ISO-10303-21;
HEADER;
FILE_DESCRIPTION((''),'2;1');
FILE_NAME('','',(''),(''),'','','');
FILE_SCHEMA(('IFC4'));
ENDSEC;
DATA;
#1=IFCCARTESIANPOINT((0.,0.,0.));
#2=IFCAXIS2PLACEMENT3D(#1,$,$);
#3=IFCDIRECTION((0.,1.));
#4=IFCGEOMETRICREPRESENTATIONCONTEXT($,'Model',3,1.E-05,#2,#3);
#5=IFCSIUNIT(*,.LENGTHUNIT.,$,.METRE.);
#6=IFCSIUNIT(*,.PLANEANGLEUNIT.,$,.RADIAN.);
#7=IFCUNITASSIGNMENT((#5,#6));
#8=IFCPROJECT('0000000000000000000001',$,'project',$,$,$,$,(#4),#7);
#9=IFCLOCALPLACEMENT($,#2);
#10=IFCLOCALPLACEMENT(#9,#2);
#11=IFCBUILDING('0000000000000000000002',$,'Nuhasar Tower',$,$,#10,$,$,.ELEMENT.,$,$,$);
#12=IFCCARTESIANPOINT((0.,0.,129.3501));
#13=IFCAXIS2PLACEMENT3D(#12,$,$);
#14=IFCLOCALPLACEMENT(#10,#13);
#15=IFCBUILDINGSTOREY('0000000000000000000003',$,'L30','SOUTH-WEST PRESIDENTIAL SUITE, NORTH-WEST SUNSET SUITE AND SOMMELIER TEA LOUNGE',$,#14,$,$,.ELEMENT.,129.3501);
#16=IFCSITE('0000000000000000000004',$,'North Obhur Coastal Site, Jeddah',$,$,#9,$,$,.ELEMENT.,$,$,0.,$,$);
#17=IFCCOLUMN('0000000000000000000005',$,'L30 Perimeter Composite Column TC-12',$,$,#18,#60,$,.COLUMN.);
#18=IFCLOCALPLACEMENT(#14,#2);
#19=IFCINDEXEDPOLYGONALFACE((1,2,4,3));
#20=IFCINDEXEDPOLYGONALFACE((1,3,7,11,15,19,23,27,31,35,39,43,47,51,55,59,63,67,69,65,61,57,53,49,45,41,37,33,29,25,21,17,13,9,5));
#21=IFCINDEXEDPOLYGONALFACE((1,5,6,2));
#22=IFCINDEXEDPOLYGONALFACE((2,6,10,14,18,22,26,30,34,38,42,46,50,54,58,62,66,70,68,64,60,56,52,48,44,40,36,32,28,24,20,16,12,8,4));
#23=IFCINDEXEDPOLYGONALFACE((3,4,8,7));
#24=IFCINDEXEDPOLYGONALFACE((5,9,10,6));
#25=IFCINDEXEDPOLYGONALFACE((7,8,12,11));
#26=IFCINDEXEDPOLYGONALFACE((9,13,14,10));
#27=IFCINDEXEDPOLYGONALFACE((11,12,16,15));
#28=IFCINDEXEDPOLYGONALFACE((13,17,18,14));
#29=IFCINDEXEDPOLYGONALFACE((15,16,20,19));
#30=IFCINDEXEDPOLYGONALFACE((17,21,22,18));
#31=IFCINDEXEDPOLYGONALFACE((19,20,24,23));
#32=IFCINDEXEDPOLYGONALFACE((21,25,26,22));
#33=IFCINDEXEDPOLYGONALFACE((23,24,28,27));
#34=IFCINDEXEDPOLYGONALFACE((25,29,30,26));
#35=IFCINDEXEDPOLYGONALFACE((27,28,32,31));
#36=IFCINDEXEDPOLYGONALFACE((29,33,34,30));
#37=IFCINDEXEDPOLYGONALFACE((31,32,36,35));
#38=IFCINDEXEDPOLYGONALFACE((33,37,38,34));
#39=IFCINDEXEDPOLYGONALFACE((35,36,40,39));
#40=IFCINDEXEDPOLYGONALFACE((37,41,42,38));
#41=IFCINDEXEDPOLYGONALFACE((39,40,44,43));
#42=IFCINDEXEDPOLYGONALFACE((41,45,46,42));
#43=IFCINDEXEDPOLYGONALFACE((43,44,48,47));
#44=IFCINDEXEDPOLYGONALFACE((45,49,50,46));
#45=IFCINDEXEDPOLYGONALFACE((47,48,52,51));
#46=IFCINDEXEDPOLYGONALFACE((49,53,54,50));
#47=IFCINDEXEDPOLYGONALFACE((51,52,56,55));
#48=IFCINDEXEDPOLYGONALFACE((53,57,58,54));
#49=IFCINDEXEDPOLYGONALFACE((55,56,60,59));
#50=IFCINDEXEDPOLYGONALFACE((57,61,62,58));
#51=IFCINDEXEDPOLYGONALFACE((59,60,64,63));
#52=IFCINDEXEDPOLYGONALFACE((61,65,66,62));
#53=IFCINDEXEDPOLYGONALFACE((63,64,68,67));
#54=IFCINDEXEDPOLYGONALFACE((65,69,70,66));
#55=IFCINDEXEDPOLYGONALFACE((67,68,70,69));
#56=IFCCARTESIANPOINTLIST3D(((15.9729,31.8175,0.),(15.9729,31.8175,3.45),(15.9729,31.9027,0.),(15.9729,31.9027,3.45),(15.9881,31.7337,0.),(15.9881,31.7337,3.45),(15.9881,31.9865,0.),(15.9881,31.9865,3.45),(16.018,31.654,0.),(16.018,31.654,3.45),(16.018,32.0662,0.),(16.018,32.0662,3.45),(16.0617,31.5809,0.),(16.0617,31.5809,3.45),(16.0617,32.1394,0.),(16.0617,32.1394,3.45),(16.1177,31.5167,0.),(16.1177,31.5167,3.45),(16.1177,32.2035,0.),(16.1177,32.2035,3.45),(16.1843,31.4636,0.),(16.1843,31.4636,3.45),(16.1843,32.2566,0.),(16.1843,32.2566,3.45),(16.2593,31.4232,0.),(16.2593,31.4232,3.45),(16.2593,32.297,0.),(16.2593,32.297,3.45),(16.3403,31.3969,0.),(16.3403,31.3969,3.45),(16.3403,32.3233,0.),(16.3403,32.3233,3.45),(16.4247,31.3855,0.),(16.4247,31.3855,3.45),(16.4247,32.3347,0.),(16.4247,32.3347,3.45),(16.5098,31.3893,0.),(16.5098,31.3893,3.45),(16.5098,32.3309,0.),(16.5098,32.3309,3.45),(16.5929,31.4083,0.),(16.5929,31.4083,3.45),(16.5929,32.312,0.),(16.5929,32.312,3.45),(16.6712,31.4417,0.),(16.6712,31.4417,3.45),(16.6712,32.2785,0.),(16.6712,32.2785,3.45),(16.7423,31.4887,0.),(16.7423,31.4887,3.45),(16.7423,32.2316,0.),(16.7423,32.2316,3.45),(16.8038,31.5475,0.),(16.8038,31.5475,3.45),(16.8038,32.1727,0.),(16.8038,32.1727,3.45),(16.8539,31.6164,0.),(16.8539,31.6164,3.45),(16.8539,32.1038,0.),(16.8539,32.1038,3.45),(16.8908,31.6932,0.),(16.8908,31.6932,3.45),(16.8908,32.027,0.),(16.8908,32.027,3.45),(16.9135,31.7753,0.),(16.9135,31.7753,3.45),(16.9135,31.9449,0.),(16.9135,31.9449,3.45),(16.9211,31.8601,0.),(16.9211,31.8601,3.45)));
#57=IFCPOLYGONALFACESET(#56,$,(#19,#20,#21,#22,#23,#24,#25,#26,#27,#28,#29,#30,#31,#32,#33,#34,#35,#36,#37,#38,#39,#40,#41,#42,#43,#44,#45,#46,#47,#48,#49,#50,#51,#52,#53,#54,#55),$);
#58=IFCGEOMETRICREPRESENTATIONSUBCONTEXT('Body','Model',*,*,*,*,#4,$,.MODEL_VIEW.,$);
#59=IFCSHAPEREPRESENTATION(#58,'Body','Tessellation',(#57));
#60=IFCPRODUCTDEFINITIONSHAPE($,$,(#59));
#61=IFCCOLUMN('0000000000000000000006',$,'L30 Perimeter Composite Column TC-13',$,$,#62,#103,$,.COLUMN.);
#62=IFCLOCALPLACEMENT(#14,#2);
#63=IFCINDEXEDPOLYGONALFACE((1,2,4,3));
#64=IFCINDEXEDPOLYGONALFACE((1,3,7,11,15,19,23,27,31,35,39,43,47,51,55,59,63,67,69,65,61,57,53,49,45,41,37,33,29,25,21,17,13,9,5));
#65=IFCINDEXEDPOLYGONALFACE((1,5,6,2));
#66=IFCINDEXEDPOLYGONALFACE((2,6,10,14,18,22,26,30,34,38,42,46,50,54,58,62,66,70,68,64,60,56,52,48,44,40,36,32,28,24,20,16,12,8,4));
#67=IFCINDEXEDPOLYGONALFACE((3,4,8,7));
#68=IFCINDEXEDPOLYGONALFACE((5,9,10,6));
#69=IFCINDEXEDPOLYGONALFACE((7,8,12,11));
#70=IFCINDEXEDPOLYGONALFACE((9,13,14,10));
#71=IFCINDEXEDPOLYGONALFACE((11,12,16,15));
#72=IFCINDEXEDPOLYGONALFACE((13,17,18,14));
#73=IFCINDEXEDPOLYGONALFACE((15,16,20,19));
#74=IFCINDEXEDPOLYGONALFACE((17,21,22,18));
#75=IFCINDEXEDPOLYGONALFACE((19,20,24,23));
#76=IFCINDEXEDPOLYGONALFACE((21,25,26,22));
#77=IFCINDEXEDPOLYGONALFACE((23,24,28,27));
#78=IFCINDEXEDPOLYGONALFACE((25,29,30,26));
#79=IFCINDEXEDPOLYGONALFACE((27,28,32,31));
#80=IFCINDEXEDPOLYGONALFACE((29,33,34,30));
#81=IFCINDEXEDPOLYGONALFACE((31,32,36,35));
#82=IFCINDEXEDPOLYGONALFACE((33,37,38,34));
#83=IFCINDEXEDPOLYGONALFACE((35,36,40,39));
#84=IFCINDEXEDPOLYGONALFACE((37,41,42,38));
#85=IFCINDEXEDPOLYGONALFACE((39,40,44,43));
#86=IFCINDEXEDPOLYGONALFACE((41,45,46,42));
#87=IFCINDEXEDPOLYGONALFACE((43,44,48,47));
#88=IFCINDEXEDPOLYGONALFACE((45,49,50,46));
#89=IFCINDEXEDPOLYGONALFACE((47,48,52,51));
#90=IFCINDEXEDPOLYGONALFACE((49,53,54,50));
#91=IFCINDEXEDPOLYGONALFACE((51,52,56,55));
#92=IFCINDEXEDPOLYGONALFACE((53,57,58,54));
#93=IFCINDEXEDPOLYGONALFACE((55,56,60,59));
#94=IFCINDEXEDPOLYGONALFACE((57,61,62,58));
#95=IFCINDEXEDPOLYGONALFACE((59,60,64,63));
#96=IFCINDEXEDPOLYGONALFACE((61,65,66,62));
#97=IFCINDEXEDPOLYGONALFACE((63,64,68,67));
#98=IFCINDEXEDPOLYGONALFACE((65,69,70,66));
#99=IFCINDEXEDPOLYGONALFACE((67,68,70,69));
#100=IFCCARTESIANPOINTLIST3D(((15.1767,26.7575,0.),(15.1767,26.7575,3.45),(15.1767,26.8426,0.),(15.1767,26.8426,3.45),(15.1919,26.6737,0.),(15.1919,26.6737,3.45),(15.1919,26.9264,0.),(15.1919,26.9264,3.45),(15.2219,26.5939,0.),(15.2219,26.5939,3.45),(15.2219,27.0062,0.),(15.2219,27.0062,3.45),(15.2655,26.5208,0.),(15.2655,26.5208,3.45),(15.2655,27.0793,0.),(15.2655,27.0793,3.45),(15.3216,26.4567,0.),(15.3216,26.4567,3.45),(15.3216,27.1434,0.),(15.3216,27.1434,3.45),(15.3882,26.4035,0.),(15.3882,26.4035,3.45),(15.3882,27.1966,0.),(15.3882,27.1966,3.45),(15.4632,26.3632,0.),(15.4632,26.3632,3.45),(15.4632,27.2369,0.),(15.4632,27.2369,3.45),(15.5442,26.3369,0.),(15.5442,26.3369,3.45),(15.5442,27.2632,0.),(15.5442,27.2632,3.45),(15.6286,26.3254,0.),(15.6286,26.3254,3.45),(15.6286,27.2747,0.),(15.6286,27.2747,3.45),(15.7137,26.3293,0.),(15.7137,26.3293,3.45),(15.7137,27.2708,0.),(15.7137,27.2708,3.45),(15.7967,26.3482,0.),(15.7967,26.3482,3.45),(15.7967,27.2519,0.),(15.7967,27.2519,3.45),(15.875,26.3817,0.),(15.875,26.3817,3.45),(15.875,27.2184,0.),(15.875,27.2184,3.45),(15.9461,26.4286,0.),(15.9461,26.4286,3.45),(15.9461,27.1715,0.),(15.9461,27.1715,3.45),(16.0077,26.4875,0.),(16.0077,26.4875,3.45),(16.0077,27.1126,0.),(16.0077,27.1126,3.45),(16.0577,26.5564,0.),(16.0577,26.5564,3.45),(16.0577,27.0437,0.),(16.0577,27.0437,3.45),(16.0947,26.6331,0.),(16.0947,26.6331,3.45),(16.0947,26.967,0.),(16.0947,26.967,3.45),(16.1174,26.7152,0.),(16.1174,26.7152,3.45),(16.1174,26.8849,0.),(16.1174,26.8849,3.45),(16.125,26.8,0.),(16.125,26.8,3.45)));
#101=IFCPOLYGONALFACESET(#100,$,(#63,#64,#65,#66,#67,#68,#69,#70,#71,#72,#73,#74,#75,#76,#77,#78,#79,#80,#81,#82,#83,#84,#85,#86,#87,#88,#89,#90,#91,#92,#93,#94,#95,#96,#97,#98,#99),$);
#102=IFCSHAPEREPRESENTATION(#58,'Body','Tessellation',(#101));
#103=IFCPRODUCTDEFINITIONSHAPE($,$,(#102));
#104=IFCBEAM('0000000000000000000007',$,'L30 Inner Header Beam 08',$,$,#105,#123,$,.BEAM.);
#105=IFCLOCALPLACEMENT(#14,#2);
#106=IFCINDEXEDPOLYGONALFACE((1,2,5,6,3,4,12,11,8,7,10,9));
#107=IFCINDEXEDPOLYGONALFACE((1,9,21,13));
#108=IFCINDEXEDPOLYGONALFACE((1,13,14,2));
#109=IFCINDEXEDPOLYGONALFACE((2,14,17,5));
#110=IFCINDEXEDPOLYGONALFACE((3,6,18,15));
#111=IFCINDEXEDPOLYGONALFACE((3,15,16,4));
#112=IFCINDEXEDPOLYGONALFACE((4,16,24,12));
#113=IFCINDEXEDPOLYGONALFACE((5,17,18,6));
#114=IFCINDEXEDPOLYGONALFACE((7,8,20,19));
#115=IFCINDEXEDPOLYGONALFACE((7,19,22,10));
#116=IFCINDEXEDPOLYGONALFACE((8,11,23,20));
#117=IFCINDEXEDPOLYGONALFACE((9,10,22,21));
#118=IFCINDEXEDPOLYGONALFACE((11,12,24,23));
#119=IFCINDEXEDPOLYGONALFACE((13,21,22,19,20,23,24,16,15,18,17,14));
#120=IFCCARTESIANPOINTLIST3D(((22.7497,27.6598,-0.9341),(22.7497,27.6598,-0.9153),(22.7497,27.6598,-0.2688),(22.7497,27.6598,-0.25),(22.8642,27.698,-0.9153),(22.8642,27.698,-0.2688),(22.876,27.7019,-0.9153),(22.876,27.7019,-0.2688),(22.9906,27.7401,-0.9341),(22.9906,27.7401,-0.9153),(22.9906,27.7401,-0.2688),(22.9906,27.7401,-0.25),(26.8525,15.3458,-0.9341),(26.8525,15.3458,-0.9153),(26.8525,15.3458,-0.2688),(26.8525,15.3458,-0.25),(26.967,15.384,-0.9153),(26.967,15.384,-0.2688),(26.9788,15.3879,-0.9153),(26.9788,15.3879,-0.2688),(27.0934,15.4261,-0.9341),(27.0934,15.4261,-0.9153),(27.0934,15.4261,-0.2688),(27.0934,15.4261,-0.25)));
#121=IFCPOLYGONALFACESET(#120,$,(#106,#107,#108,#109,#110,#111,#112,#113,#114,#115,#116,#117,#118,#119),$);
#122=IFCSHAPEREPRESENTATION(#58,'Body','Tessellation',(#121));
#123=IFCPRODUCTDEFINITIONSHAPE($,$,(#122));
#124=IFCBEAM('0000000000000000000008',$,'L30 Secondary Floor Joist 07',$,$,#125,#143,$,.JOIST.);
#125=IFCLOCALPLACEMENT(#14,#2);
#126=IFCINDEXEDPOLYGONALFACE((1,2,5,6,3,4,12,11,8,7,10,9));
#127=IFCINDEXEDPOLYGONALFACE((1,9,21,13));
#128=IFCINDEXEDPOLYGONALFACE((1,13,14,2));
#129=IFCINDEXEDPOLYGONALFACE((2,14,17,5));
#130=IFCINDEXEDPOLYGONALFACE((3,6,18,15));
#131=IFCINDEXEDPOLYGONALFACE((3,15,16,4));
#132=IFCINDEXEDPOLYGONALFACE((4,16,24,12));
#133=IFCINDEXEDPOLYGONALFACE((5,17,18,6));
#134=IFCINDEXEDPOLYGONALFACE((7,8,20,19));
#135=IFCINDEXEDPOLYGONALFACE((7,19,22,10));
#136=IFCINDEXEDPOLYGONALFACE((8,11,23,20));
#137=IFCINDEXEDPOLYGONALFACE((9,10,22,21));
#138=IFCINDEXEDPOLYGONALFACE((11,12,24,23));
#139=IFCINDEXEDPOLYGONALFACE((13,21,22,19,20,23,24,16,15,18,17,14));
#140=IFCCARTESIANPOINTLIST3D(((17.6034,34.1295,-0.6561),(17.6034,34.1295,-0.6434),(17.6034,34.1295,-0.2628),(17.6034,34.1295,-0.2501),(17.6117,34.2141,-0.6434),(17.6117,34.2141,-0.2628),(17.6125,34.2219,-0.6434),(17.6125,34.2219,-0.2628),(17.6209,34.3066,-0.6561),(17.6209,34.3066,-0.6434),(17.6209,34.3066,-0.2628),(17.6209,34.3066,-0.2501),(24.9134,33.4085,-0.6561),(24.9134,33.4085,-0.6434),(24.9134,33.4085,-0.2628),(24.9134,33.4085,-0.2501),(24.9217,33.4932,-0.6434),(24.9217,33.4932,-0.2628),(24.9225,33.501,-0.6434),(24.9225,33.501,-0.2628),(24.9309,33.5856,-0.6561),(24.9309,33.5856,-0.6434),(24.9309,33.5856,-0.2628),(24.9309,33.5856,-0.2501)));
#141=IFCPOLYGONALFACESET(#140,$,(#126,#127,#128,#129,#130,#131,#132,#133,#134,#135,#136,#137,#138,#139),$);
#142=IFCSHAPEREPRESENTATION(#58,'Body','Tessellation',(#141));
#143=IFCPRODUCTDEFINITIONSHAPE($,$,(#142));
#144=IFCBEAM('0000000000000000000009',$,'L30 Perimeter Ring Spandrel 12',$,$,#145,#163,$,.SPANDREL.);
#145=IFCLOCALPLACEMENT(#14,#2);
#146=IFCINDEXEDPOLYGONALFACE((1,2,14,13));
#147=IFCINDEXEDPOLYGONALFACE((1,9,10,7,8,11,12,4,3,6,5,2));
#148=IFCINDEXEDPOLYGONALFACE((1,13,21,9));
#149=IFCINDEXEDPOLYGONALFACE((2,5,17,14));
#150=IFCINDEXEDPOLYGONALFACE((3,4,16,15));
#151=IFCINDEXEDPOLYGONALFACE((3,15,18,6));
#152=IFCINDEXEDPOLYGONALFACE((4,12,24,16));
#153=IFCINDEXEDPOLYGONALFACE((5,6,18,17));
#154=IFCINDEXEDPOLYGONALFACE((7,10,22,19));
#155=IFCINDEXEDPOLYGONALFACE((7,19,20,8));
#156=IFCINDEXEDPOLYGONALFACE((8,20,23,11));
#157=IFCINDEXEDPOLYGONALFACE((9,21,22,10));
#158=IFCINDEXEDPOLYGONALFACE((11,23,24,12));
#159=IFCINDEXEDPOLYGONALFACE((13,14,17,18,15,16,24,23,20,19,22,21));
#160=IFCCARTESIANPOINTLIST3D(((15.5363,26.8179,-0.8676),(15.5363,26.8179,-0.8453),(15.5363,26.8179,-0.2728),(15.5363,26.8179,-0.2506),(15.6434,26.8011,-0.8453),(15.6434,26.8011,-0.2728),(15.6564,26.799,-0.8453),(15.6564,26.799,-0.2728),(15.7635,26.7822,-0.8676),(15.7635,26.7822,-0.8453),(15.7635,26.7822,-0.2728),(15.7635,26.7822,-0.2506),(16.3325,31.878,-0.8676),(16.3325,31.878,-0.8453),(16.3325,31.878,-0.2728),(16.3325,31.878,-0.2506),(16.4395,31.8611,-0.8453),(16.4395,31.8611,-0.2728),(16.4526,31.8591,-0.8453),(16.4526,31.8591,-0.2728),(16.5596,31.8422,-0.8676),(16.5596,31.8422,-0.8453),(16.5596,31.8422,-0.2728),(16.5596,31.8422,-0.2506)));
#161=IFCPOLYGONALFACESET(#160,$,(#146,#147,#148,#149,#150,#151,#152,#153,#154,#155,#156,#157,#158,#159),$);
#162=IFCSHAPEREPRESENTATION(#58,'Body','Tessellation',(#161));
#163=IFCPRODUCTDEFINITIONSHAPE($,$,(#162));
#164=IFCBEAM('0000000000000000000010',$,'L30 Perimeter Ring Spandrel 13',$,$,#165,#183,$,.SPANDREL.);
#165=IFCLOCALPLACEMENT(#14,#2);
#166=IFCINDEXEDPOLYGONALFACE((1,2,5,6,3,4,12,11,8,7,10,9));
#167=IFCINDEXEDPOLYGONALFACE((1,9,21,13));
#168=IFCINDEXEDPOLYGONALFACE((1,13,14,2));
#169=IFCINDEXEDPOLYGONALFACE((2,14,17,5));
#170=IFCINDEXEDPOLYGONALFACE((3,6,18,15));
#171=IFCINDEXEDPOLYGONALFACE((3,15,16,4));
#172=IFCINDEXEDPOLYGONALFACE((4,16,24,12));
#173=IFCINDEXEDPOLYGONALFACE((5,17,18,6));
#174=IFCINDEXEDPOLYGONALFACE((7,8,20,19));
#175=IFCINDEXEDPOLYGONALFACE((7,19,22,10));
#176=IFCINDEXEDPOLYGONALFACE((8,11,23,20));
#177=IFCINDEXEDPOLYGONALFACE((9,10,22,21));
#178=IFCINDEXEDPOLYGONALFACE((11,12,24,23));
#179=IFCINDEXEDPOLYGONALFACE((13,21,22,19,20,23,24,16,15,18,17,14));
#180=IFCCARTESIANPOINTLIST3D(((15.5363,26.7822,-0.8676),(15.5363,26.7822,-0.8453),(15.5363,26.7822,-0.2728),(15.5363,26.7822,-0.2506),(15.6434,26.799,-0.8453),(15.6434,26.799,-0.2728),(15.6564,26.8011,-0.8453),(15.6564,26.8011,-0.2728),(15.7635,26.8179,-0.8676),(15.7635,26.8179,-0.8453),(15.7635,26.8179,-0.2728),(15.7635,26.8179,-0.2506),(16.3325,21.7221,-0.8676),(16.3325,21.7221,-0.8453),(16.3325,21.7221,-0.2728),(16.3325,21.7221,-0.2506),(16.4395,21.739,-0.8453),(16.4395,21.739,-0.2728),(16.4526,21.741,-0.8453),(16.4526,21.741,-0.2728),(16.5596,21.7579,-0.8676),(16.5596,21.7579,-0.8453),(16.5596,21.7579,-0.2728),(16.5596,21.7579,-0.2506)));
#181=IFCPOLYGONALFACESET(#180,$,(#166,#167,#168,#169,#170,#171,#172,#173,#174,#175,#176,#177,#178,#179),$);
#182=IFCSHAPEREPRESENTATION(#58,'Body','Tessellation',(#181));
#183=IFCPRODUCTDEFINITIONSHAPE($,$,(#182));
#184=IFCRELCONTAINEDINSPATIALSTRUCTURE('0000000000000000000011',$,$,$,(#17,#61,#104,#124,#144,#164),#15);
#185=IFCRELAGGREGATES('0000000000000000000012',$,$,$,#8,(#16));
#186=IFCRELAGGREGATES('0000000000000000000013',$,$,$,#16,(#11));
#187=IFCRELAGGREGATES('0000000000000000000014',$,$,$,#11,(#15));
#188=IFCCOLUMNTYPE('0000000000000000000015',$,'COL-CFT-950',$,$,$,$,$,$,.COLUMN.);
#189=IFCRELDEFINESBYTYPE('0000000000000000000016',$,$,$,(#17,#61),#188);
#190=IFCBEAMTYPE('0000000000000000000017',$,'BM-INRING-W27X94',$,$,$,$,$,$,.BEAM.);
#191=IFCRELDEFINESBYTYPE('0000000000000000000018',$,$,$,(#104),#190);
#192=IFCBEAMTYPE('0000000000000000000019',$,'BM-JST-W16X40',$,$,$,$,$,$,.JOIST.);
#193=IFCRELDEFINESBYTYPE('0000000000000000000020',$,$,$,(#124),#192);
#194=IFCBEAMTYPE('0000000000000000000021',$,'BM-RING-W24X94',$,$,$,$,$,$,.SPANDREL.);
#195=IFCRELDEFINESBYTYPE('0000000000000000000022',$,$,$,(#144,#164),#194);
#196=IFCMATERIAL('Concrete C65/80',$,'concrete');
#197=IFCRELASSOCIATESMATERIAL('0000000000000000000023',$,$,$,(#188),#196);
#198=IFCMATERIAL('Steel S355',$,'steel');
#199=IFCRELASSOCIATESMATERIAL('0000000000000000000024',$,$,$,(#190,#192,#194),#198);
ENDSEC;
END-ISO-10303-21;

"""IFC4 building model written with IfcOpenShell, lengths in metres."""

from ifc_helpers import new_model, si_unit, direction, frame, origin, origin_2d, place, context, subcontext, project, spatial, circle, i_section, extrude, material, material_profile, profile_set, type_object, element, save


model = new_model("IFC4")

# Units and contexts
model_context = context("Model", 3, precision=1e-05, world=origin(), true_north=direction((0.0, 1.0)))
body_context = subcontext(model_context, "Body", "Model", "MODEL_VIEW")
ifc_project = project(units=[si_unit("LENGTHUNIT", "METRE"), si_unit("PLANEANGLEUNIT", "RADIAN")], contexts=[model_context])

# Site, building, storey
site_placement = place(None, origin())
site = spatial("IfcSite", under=ifc_project, at=site_placement, Name="North Obhur Coastal Site, Jeddah", CompositionType="ELEMENT", RefElevation=0.0)
building_placement = place(site_placement, origin())
building = spatial("IfcBuilding", under=site, at=building_placement, Name="Nuhasar Tower", CompositionType="ELEMENT")
storey_placement = place(building_placement, frame((0.0, 0.0, 129.3501)))
storey = spatial("IfcBuildingStorey", under=building, at=storey_placement, Name="L30", Description="SOUTH-WEST PRESIDENTIAL SUITE, NORTH-WEST SUNSET SUITE AND SOMMELIER TEA LOUNGE", CompositionType="ELEMENT", Elevation=129.3501)

# Columns
ifc_material_1 = material(Name="Concrete C65/80", Category="concrete")
ifc_material_profile_1 = material_profile(ifc_material_1, circle(Radius=0.4751, at=origin_2d()), Name="CFT950")
ifc_profile_set_1 = profile_set([ifc_material_profile_1], Name="Concrete C65/80")
column_type = type_object("IfcColumnType", Name="COL-CFT-950", PredefinedType="COLUMN", material=ifc_profile_set_1)
for number, where, z_axis, x_axis, name in (
    (1, (16.446, 31.8601, 0.0), (0.0, 0.0, 1.0), (1.0, 0.0, 0.0), "L30 Perimeter Composite Column TC-12"),
    (2, (15.6499, 26.8, 0.0), (0.0, 0.0, 1.0), (1.0, 0.0, 0.0), "L30 Perimeter Composite Column TC-13"),
):
    element("IfcColumn", number, at=place(storey_placement, frame(where, z_axis=z_axis, x_axis=x_axis)), inside=storey, type_object=column_type, Name=name, PredefinedType="COLUMN", context=body_context, shape_type="SweptSolid", body=[
        extrude(circle(Radius=0.4751, at=origin_2d()), origin(), (0.0, 0.0, 1.0), 3.45),
    ])

# Beams
ifc_material_2 = material(Name="Steel S355", Category="steel")
ifc_material_profile_2 = material_profile(ifc_material_2, i_section(OverallWidth=0.2539, OverallDepth=0.6841, WebThickness=0.0125, FlangeThickness=0.0188, at=origin_2d()), Name="W27X94")
ifc_profile_set_2 = profile_set([ifc_material_profile_2], Name="Steel S355")
beam_type_1 = type_object("IfcBeamType", Name="BM-INRING-W27X94", PredefinedType="BEAM", material=ifc_profile_set_2)
beam_1_placement = place(storey_placement, frame((22.8701, 27.7, -0.592), z_axis=(0.316098, -0.948727, 0.0), x_axis=(0.948727, 0.316098, 0.0)))
element("IfcBeam", 3, at=beam_1_placement, inside=storey, type_object=beam_type_1, Name="L30 Inner Header Beam 08", PredefinedType="BEAM", context=body_context, shape_type="SweptSolid", body=[
    extrude(i_section(OverallWidth=0.2539, OverallDepth=0.6841, WebThickness=0.0125, FlangeThickness=0.0188, at=origin_2d()), origin(), (0.0, 0.0, 1.0), 12.9795),
])
ifc_material_profile_3 = material_profile(ifc_material_2, i_section(OverallWidth=0.178, OverallDepth=0.406, WebThickness=0.0078, FlangeThickness=0.0127, at=origin_2d()), Name="W16X40")
ifc_profile_set_3 = profile_set([ifc_material_profile_3], Name="Steel S355")
beam_type_2 = type_object("IfcBeamType", Name="BM-JST-W16X40", PredefinedType="JOIST", material=ifc_profile_set_3)
beam_2_placement = place(storey_placement, frame((24.9221, 33.4971, -0.4531), z_axis=(-0.995172, 0.098148, 0.0), x_axis=(-0.098148, -0.995172, 0.0)))
element("IfcBeam", 4, at=beam_2_placement, inside=storey, type_object=beam_type_2, Name="L30 Secondary Floor Joist 07", PredefinedType="JOIST", context=body_context, shape_type="SweptSolid", body=[
    extrude(i_section(OverallWidth=0.178, OverallDepth=0.406, WebThickness=0.0078, FlangeThickness=0.0127, at=origin_2d()), origin(), (0.0, 0.0, 1.0), 7.3455),
])
ifc_material_profile_4 = material_profile(ifc_material_2, i_section(OverallWidth=0.23, OverallDepth=0.6169, WebThickness=0.0132, FlangeThickness=0.0222, at=origin_2d()), Name="W24X94")
ifc_profile_set_4 = profile_set([ifc_material_profile_4], Name="Steel S355")
beam_type_3 = type_object("IfcBeamType", Name="BM-RING-W24X94", PredefinedType="SPANDREL", material=ifc_profile_set_4)
for number, where, z_axis, x_axis, name in (
    (5, (16.446, 31.8601, -0.5591), (-0.155427, -0.987847, 0.0), (0.987847, -0.155427, 0.0), "L30 Perimeter Ring Spandrel 12"),
    (6, (15.6499, 26.8, -0.5591), (0.155427, -0.987847, 0.0), (0.987847, 0.155427, 0.0), "L30 Perimeter Ring Spandrel 13"),
):
    element("IfcBeam", number, at=place(storey_placement, frame(where, z_axis=z_axis, x_axis=x_axis)), inside=storey, type_object=beam_type_3, Name=name, PredefinedType="SPANDREL", context=body_context, shape_type="SweptSolid", body=[
        extrude(i_section(OverallWidth=0.23, OverallDepth=0.6169, WebThickness=0.0132, FlangeThickness=0.0222, at=origin_2d()), origin(), (0.0, 0.0, 1.0), 5.1223),
    ])

save(model, "model.ifc")
